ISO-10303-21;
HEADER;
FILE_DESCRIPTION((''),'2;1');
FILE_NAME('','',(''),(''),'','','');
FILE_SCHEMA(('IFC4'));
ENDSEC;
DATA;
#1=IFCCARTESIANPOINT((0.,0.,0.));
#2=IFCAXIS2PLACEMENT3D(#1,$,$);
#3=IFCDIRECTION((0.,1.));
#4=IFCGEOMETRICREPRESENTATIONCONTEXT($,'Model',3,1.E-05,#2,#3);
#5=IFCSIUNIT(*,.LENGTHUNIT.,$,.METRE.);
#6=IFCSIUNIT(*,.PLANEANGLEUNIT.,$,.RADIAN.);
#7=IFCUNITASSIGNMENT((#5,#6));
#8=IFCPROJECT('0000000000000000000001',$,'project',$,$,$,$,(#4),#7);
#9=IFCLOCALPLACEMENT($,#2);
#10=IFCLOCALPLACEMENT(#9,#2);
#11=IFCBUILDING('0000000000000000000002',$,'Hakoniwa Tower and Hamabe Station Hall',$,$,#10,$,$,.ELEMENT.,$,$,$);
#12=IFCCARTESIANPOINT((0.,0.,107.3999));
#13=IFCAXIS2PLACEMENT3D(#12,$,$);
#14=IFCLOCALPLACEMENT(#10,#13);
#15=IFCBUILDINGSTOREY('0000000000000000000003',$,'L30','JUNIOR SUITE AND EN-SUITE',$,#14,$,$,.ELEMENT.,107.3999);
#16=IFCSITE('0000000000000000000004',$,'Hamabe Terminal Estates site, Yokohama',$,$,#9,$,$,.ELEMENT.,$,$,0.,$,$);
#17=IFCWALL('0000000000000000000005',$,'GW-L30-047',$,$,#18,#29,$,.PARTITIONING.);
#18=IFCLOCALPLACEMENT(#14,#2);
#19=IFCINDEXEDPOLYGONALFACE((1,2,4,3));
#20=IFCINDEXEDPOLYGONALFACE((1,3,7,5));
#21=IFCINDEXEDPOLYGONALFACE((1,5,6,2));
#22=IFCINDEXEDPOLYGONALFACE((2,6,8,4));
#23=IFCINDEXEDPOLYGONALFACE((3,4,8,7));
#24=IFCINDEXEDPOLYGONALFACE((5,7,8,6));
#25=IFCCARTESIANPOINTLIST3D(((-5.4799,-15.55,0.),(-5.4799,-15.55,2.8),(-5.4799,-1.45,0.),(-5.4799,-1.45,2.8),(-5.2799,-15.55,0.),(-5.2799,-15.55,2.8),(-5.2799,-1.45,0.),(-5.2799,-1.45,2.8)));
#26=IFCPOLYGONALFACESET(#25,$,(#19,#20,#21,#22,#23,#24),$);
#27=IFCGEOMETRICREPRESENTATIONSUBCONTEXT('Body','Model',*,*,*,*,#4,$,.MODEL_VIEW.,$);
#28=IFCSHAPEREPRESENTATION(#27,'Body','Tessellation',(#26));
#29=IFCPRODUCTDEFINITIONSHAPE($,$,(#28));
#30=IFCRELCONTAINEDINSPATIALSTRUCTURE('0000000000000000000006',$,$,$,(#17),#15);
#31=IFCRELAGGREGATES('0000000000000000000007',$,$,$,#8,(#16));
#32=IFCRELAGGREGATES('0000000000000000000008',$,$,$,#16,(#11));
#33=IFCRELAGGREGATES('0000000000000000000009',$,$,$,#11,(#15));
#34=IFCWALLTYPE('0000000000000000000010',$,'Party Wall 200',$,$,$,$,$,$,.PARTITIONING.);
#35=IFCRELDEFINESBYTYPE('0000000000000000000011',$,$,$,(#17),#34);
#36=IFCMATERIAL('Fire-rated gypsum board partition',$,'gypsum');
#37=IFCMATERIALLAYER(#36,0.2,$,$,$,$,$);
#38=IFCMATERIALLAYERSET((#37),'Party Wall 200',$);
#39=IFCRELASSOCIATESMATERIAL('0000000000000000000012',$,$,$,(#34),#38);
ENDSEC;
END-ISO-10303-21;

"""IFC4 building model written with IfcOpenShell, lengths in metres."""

from ifc_helpers import new_model, si_unit, direction, frame, frame_2d, origin, place, context, subcontext, project, spatial, rectangle, extrude, material, layer, layer_set, type_object, element, save


model = new_model("IFC4")

# Units and contexts
model_context = context("Model", 3, precision=1e-05, world=origin(), true_north=direction((0.0, 1.0)))
body_context = subcontext(model_context, "Body", "Model", "MODEL_VIEW")
ifc_project = project(units=[si_unit("LENGTHUNIT", "METRE"), si_unit("PLANEANGLEUNIT", "RADIAN")], contexts=[model_context])

# Site, building, storey
site_placement = place(None, origin())
site = spatial("IfcSite", under=ifc_project, at=site_placement, Name="Hamabe Terminal Estates site, Yokohama", CompositionType="ELEMENT", RefElevation=0.0)
building_placement = place(site_placement, origin())
building = spatial("IfcBuilding", under=site, at=building_placement, Name="Hakoniwa Tower and Hamabe Station Hall", CompositionType="ELEMENT")
storey_placement = place(building_placement, frame((0.0, 0.0, 107.3999)))
storey = spatial("IfcBuildingStorey", under=building, at=storey_placement, Name="L30", Description="JUNIOR SUITE AND EN-SUITE", CompositionType="ELEMENT", Elevation=107.3999)

# Wall
ifc_material_1 = material(Name="Fire-rated gypsum board partition", Category="gypsum")
ifc_layer_1 = layer(ifc_material_1, 0.2)
ifc_layer_set_1 = layer_set([ifc_layer_1], Name="Party Wall 200")
wall_type_1 = type_object("IfcWallType", Name="Party Wall 200", PredefinedType="PARTITIONING", material=ifc_layer_set_1)
wall_1_placement = place(storey_placement, frame((-5.3799, -15.55, 0.0), z_axis=(0.0, 0.0, 1.0), x_axis=(0.0, 1.0, 0.0)))
element("IfcWall", 1, at=wall_1_placement, inside=storey, type_object=wall_type_1, Name="GW-L30-047", PredefinedType="PARTITIONING", context=body_context, shape_type="SweptSolid", body=[
    extrude(rectangle(XDim=14.1001, YDim=0.2, at=frame_2d((7.05, 0.0))), origin(), (0.0, 0.0, 1.0), 2.8),
])

save(model, "model.ifc")
